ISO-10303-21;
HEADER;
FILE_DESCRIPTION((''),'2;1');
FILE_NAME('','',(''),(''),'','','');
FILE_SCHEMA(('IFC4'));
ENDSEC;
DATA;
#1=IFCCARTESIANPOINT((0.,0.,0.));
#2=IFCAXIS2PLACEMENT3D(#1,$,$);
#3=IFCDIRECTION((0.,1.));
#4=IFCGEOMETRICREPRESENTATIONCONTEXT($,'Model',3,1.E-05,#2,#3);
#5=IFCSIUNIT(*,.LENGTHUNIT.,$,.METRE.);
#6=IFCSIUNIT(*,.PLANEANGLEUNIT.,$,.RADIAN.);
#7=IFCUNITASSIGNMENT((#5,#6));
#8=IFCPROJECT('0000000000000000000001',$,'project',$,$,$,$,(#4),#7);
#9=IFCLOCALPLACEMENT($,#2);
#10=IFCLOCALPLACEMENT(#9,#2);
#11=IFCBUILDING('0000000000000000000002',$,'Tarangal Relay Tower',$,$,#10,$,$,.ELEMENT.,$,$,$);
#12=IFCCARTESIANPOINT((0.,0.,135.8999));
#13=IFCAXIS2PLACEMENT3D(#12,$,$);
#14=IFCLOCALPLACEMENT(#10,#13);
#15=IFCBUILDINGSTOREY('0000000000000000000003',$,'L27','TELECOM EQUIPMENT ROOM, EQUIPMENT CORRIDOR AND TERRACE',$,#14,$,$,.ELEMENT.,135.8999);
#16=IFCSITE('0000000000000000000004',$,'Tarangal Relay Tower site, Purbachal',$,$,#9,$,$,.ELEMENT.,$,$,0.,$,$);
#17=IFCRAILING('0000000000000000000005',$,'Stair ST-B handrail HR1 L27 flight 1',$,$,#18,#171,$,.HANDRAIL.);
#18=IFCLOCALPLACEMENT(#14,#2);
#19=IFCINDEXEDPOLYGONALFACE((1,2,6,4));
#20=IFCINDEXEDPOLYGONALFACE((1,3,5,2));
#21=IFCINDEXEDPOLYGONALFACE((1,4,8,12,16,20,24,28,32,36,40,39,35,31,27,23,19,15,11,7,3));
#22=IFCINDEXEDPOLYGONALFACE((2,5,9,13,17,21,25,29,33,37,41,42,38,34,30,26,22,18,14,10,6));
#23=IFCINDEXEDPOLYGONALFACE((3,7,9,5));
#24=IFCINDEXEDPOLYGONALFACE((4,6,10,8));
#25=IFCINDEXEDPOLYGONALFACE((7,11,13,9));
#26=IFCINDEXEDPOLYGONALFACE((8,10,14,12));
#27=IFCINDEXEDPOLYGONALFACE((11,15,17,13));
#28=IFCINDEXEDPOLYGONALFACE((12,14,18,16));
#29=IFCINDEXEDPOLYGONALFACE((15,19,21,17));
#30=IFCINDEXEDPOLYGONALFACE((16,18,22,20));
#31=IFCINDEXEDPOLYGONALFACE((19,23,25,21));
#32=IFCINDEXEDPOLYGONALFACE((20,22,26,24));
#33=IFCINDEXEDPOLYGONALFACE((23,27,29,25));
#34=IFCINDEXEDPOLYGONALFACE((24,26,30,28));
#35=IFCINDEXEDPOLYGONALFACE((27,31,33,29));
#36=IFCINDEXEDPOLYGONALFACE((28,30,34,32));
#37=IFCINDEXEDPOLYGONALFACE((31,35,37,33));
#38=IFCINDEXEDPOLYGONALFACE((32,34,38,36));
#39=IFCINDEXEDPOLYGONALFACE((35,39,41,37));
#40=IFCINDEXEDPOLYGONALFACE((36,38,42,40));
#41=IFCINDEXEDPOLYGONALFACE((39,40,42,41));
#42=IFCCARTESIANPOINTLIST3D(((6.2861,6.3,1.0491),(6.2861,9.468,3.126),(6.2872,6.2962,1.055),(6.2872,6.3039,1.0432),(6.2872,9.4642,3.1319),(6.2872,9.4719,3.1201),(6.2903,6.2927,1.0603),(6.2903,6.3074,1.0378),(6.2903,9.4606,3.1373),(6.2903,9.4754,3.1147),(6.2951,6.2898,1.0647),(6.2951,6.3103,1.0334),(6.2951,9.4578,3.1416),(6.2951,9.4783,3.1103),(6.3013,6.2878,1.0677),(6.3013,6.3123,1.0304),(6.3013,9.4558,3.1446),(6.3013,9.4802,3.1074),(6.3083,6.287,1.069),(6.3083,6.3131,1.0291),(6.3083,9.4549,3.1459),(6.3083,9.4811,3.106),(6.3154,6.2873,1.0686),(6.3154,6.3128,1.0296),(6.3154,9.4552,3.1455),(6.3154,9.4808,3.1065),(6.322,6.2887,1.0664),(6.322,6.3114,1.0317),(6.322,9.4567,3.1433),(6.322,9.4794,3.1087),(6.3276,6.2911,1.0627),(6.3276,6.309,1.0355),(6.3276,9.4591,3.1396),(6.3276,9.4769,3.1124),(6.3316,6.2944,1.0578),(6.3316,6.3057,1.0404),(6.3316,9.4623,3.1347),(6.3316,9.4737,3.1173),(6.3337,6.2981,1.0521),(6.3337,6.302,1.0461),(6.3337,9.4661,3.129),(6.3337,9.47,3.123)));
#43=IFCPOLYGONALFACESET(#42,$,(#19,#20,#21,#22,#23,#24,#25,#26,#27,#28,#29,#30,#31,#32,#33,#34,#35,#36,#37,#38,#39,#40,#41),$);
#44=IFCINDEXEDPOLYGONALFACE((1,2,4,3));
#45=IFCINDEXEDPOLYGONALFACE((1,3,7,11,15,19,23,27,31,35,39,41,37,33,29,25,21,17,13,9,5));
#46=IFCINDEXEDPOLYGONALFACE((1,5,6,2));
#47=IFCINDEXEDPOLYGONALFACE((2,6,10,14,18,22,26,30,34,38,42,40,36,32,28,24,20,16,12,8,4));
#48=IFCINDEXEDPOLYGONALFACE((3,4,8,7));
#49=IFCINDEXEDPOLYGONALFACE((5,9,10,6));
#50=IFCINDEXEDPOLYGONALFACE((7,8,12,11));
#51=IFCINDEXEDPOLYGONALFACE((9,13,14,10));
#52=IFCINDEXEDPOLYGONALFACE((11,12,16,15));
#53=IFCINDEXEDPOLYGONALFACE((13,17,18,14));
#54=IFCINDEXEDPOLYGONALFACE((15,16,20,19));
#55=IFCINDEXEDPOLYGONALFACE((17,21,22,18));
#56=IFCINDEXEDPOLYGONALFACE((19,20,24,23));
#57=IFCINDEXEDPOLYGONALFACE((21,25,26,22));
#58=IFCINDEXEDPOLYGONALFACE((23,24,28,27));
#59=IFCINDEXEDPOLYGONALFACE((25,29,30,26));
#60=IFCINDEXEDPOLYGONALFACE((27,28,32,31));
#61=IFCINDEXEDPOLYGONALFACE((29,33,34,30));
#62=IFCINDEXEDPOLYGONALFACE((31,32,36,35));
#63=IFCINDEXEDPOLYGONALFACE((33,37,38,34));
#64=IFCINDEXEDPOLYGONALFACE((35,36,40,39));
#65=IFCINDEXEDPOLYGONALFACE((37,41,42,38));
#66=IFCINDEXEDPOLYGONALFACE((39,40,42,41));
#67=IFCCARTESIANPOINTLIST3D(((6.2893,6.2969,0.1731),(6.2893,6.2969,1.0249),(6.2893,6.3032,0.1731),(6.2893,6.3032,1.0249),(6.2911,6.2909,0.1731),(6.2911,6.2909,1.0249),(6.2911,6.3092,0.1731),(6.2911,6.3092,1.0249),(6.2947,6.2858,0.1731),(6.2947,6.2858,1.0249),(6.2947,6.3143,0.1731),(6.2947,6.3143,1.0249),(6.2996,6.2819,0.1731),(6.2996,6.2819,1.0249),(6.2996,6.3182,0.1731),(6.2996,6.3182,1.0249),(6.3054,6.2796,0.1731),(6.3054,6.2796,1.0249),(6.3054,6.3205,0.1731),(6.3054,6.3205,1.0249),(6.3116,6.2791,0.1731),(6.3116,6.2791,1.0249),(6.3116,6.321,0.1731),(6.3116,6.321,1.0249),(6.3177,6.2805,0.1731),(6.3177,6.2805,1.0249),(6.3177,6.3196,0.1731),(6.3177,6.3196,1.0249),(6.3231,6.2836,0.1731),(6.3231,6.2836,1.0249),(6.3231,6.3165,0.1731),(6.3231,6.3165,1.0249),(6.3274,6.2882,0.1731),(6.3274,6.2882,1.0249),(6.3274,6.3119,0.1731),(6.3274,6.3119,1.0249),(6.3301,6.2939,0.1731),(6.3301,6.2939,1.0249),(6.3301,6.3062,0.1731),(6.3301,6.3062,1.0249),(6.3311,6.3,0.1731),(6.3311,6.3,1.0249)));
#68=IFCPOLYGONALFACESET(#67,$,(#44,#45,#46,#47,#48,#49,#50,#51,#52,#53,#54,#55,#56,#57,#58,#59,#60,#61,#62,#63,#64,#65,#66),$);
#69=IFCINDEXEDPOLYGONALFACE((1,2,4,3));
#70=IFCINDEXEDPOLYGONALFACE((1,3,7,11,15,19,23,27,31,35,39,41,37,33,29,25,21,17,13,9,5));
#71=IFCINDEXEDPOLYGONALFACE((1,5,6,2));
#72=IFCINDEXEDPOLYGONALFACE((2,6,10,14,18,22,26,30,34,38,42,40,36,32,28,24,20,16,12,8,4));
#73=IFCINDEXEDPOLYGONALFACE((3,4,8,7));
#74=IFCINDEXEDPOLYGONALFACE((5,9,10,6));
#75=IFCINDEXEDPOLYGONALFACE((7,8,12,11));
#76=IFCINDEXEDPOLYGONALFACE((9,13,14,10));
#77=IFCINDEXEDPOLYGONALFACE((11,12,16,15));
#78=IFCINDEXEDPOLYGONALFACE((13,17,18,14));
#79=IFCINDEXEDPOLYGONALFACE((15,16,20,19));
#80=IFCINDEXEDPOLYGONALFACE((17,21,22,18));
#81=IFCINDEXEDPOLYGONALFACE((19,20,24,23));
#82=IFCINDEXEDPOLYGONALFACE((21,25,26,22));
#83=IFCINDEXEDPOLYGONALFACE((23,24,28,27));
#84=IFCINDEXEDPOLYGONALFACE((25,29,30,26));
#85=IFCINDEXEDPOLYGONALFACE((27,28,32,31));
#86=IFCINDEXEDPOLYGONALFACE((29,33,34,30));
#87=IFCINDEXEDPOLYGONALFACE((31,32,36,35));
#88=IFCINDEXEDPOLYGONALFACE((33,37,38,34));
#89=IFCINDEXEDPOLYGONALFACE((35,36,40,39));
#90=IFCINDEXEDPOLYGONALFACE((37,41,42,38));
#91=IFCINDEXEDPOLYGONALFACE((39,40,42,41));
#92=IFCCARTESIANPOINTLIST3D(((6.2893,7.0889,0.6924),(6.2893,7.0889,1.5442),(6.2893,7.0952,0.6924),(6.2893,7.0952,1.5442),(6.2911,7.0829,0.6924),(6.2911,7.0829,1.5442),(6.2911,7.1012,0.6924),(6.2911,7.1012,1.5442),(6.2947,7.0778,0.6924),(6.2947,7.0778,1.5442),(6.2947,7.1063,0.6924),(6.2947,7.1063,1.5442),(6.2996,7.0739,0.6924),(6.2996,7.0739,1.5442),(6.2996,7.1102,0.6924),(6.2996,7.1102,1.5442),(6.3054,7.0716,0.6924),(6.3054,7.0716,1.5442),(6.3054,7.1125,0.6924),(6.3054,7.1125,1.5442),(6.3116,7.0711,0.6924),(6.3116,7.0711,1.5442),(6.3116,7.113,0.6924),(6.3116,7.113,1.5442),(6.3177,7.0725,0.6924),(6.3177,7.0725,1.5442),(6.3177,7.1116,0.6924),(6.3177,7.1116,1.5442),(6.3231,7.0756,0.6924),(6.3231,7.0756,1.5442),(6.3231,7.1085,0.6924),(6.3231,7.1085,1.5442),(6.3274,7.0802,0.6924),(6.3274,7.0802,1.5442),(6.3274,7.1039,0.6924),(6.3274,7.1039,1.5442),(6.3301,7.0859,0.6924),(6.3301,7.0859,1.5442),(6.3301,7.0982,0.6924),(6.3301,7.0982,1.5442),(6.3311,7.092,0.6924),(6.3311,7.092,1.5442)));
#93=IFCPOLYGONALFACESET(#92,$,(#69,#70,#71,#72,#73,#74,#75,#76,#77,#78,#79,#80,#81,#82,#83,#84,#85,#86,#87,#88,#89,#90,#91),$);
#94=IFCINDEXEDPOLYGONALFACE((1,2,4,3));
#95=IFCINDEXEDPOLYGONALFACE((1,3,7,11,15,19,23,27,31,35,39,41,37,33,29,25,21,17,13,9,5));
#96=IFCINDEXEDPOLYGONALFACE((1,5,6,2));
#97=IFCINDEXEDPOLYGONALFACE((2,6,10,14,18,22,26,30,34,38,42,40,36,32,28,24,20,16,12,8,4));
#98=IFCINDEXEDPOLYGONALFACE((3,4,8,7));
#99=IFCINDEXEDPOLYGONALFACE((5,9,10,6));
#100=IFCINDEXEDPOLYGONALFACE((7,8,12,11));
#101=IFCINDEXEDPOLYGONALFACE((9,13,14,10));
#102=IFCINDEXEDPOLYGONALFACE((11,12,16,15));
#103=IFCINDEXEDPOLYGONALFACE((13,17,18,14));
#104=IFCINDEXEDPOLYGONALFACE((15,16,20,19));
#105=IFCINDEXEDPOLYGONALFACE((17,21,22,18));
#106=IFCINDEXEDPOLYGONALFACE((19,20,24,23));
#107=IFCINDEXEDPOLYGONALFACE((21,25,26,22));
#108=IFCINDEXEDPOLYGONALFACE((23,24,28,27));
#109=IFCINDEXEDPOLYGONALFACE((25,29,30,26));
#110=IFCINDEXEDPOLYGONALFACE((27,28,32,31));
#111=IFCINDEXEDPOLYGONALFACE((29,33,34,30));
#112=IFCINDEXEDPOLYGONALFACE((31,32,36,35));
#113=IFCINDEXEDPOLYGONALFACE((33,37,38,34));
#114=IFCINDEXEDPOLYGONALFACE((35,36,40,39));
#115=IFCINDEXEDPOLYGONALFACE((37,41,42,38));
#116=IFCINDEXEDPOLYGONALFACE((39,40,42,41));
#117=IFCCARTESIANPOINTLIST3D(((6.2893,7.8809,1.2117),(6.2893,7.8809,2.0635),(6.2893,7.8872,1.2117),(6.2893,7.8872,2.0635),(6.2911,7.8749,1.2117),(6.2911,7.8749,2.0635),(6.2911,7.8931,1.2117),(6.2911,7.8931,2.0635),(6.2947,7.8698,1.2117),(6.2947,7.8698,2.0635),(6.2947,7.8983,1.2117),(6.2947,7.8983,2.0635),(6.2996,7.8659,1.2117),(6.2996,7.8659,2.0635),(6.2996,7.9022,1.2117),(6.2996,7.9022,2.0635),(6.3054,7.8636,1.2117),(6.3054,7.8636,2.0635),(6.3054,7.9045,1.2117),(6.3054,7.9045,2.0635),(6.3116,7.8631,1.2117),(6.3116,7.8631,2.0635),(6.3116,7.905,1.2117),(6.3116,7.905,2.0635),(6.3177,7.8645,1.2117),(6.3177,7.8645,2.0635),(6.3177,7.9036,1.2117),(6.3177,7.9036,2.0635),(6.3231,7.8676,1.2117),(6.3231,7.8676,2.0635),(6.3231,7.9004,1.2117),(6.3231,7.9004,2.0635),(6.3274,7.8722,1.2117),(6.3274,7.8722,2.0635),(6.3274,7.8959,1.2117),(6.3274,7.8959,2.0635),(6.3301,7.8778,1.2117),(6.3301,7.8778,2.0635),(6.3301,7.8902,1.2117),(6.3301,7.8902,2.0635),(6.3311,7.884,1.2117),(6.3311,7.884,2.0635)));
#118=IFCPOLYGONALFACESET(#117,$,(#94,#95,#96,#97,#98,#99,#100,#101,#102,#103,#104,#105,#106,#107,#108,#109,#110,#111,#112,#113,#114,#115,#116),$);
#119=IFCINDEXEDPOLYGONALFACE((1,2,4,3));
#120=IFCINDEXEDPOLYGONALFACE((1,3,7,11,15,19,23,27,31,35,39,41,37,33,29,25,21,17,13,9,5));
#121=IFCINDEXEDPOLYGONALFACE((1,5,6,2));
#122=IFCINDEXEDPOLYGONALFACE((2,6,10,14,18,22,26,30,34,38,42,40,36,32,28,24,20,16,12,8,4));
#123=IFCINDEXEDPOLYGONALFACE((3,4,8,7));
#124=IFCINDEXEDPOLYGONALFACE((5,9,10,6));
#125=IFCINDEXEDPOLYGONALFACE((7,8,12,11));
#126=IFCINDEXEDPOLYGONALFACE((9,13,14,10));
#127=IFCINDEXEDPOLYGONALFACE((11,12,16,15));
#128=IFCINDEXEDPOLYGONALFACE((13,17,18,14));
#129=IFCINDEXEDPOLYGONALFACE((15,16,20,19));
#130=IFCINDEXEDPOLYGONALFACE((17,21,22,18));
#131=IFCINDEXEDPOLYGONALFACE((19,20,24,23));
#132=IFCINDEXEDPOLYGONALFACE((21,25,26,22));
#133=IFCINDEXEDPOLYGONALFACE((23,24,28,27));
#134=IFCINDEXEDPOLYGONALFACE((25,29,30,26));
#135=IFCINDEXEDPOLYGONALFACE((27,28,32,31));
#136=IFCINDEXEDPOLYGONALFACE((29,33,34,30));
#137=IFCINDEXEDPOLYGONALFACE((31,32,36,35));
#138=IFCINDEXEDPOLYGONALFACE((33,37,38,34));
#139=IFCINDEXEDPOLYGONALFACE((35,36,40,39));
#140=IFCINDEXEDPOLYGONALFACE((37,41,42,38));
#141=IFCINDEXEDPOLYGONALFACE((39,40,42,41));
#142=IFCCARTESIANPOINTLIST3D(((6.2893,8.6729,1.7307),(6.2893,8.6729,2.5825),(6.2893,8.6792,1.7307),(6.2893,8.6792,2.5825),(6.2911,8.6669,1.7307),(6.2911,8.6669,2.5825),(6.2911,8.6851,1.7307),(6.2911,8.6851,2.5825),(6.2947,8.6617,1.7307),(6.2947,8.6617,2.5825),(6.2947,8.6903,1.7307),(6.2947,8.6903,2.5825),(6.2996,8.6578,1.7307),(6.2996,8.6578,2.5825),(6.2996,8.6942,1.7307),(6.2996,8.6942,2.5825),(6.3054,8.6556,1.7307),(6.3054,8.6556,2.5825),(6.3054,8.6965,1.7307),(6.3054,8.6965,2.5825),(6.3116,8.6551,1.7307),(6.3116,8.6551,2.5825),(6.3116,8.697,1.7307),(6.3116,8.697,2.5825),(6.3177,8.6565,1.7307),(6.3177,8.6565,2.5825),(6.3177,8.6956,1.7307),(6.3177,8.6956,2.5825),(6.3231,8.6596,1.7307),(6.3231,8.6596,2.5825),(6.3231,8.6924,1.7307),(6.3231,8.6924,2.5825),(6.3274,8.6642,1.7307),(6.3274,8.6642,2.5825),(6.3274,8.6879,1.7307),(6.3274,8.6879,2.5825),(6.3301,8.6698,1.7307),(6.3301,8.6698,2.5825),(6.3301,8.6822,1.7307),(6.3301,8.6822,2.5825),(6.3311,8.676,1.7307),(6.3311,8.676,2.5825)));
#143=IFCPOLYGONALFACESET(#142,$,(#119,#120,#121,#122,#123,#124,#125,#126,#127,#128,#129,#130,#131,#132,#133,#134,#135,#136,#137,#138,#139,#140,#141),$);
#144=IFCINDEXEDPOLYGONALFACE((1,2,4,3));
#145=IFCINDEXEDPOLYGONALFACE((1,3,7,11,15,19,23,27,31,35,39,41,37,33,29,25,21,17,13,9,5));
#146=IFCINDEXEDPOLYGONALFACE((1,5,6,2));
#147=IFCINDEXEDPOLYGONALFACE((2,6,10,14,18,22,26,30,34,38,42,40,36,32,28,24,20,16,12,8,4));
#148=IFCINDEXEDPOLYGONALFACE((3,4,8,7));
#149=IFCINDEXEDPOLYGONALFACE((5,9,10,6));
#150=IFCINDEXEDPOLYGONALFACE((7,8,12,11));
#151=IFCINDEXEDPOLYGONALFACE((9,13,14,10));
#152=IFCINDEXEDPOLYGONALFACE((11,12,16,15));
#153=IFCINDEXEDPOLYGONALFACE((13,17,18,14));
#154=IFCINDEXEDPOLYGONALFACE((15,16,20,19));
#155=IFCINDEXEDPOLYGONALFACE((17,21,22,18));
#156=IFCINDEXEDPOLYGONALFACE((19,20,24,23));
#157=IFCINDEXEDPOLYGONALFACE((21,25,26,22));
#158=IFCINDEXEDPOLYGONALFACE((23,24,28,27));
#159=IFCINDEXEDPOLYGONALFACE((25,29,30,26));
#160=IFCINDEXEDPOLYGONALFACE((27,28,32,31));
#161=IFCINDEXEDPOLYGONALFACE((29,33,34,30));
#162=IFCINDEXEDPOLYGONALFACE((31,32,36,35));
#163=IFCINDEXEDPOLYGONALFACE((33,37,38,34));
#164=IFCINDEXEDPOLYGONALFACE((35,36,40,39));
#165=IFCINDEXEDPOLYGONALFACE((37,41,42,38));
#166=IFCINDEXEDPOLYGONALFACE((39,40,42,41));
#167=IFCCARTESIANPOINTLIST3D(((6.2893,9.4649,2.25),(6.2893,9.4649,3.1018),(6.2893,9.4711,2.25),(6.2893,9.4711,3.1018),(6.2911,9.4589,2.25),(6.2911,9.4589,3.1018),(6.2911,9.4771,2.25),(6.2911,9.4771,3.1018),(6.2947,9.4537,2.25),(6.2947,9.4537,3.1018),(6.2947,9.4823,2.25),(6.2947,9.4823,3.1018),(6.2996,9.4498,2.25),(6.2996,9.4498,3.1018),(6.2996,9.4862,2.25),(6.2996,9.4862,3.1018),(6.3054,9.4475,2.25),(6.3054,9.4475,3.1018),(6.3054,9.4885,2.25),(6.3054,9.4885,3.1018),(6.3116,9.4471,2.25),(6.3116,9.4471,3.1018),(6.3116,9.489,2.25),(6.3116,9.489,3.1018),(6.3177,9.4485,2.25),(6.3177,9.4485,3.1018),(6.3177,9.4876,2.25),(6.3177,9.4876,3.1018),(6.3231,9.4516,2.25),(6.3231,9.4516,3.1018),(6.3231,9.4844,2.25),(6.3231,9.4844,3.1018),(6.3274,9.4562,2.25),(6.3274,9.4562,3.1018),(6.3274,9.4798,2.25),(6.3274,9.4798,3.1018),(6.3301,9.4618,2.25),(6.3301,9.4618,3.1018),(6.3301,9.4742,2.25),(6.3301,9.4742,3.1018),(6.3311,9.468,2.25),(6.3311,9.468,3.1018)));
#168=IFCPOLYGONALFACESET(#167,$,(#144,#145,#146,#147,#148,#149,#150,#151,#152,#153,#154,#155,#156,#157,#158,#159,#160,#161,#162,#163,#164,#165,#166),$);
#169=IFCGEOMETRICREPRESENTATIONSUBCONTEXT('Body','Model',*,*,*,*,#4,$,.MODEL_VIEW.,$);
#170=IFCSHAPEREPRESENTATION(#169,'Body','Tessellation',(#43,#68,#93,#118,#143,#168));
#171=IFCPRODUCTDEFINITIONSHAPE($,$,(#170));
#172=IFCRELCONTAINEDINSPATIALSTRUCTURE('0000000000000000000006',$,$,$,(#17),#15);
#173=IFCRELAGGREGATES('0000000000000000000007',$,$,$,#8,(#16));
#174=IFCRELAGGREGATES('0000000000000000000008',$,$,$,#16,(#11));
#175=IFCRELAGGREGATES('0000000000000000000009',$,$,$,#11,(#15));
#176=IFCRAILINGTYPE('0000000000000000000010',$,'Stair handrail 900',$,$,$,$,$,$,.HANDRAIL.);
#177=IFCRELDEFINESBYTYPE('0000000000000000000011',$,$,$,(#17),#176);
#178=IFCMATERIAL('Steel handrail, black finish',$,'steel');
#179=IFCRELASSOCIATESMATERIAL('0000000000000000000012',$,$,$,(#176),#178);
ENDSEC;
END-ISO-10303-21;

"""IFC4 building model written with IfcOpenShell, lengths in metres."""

from ifc_helpers import new_model, si_unit, direction, frame, origin, origin_2d, place, context, subcontext, project, spatial, circle, extrude, material, type_object, element, save


model = new_model("IFC4")

# Units and contexts
model_context = context("Model", 3, precision=1e-05, world=origin(), true_north=direction((0.0, 1.0)))
body_context = subcontext(model_context, "Body", "Model", "MODEL_VIEW")
ifc_project = project(units=[si_unit("LENGTHUNIT", "METRE"), si_unit("PLANEANGLEUNIT", "RADIAN")], contexts=[model_context])

# Site, building, storey
site_placement = place(None, origin())
site = spatial("IfcSite", under=ifc_project, at=site_placement, Name="Tarangal Relay Tower site, Purbachal", CompositionType="ELEMENT", RefElevation=0.0)
building_placement = place(site_placement, origin())
building = spatial("IfcBuilding", under=site, at=building_placement, Name="Tarangal Relay Tower", CompositionType="ELEMENT")
storey_placement = place(building_placement, frame((0.0, 0.0, 135.8999)))
storey = spatial("IfcBuildingStorey", under=building, at=storey_placement, Name="L27", Description="TELECOM EQUIPMENT ROOM, EQUIPMENT CORRIDOR AND TERRACE", CompositionType="ELEMENT", Elevation=135.8999)

# Railing
ifc_material_1 = material(Name="Steel handrail, black finish", Category="steel")
railing_type_1 = type_object("IfcRailingType", Name="Stair handrail 900", PredefinedType="HANDRAIL", material=ifc_material_1)
railing_1_placement = place(storey_placement, frame((6.3101, 6.3, 0.1731)))
element("IfcRailing", 1, at=railing_1_placement, inside=storey, type_object=railing_type_1, Name="Stair ST-B handrail HR1 L27 flight 1", PredefinedType="HANDRAIL", context=body_context, shape_type="SweptSolid", body=[
    extrude(circle(Radius=0.0239, at=origin_2d()), frame((0.0, 0.0, 0.876), z_axis=(0.0, 0.836299, 0.548273), x_axis=(-1.0, 0.0, 0.0)), (0.0, 0.0, 1.0), 3.7881),
    extrude(circle(Radius=0.021, at=origin_2d()), origin(), (0.0, 0.0, 1.0), 0.8518),
    extrude(circle(Radius=0.021, at=origin_2d()), frame((0.0, 0.792, 0.5193)), (0.0, 0.0, 1.0), 0.8518),
    extrude(circle(Radius=0.021, at=origin_2d()), frame((0.0, 1.584, 1.0386)), (0.0, 0.0, 1.0), 0.8518),
    extrude(circle(Radius=0.021, at=origin_2d()), frame((0.0, 2.376, 1.5576)), (0.0, 0.0, 1.0), 0.8518),
    extrude(circle(Radius=0.021, at=origin_2d()), frame((0.0, 3.168, 2.0769)), (0.0, 0.0, 1.0), 0.8518),
])

save(model, "model.ifc")
